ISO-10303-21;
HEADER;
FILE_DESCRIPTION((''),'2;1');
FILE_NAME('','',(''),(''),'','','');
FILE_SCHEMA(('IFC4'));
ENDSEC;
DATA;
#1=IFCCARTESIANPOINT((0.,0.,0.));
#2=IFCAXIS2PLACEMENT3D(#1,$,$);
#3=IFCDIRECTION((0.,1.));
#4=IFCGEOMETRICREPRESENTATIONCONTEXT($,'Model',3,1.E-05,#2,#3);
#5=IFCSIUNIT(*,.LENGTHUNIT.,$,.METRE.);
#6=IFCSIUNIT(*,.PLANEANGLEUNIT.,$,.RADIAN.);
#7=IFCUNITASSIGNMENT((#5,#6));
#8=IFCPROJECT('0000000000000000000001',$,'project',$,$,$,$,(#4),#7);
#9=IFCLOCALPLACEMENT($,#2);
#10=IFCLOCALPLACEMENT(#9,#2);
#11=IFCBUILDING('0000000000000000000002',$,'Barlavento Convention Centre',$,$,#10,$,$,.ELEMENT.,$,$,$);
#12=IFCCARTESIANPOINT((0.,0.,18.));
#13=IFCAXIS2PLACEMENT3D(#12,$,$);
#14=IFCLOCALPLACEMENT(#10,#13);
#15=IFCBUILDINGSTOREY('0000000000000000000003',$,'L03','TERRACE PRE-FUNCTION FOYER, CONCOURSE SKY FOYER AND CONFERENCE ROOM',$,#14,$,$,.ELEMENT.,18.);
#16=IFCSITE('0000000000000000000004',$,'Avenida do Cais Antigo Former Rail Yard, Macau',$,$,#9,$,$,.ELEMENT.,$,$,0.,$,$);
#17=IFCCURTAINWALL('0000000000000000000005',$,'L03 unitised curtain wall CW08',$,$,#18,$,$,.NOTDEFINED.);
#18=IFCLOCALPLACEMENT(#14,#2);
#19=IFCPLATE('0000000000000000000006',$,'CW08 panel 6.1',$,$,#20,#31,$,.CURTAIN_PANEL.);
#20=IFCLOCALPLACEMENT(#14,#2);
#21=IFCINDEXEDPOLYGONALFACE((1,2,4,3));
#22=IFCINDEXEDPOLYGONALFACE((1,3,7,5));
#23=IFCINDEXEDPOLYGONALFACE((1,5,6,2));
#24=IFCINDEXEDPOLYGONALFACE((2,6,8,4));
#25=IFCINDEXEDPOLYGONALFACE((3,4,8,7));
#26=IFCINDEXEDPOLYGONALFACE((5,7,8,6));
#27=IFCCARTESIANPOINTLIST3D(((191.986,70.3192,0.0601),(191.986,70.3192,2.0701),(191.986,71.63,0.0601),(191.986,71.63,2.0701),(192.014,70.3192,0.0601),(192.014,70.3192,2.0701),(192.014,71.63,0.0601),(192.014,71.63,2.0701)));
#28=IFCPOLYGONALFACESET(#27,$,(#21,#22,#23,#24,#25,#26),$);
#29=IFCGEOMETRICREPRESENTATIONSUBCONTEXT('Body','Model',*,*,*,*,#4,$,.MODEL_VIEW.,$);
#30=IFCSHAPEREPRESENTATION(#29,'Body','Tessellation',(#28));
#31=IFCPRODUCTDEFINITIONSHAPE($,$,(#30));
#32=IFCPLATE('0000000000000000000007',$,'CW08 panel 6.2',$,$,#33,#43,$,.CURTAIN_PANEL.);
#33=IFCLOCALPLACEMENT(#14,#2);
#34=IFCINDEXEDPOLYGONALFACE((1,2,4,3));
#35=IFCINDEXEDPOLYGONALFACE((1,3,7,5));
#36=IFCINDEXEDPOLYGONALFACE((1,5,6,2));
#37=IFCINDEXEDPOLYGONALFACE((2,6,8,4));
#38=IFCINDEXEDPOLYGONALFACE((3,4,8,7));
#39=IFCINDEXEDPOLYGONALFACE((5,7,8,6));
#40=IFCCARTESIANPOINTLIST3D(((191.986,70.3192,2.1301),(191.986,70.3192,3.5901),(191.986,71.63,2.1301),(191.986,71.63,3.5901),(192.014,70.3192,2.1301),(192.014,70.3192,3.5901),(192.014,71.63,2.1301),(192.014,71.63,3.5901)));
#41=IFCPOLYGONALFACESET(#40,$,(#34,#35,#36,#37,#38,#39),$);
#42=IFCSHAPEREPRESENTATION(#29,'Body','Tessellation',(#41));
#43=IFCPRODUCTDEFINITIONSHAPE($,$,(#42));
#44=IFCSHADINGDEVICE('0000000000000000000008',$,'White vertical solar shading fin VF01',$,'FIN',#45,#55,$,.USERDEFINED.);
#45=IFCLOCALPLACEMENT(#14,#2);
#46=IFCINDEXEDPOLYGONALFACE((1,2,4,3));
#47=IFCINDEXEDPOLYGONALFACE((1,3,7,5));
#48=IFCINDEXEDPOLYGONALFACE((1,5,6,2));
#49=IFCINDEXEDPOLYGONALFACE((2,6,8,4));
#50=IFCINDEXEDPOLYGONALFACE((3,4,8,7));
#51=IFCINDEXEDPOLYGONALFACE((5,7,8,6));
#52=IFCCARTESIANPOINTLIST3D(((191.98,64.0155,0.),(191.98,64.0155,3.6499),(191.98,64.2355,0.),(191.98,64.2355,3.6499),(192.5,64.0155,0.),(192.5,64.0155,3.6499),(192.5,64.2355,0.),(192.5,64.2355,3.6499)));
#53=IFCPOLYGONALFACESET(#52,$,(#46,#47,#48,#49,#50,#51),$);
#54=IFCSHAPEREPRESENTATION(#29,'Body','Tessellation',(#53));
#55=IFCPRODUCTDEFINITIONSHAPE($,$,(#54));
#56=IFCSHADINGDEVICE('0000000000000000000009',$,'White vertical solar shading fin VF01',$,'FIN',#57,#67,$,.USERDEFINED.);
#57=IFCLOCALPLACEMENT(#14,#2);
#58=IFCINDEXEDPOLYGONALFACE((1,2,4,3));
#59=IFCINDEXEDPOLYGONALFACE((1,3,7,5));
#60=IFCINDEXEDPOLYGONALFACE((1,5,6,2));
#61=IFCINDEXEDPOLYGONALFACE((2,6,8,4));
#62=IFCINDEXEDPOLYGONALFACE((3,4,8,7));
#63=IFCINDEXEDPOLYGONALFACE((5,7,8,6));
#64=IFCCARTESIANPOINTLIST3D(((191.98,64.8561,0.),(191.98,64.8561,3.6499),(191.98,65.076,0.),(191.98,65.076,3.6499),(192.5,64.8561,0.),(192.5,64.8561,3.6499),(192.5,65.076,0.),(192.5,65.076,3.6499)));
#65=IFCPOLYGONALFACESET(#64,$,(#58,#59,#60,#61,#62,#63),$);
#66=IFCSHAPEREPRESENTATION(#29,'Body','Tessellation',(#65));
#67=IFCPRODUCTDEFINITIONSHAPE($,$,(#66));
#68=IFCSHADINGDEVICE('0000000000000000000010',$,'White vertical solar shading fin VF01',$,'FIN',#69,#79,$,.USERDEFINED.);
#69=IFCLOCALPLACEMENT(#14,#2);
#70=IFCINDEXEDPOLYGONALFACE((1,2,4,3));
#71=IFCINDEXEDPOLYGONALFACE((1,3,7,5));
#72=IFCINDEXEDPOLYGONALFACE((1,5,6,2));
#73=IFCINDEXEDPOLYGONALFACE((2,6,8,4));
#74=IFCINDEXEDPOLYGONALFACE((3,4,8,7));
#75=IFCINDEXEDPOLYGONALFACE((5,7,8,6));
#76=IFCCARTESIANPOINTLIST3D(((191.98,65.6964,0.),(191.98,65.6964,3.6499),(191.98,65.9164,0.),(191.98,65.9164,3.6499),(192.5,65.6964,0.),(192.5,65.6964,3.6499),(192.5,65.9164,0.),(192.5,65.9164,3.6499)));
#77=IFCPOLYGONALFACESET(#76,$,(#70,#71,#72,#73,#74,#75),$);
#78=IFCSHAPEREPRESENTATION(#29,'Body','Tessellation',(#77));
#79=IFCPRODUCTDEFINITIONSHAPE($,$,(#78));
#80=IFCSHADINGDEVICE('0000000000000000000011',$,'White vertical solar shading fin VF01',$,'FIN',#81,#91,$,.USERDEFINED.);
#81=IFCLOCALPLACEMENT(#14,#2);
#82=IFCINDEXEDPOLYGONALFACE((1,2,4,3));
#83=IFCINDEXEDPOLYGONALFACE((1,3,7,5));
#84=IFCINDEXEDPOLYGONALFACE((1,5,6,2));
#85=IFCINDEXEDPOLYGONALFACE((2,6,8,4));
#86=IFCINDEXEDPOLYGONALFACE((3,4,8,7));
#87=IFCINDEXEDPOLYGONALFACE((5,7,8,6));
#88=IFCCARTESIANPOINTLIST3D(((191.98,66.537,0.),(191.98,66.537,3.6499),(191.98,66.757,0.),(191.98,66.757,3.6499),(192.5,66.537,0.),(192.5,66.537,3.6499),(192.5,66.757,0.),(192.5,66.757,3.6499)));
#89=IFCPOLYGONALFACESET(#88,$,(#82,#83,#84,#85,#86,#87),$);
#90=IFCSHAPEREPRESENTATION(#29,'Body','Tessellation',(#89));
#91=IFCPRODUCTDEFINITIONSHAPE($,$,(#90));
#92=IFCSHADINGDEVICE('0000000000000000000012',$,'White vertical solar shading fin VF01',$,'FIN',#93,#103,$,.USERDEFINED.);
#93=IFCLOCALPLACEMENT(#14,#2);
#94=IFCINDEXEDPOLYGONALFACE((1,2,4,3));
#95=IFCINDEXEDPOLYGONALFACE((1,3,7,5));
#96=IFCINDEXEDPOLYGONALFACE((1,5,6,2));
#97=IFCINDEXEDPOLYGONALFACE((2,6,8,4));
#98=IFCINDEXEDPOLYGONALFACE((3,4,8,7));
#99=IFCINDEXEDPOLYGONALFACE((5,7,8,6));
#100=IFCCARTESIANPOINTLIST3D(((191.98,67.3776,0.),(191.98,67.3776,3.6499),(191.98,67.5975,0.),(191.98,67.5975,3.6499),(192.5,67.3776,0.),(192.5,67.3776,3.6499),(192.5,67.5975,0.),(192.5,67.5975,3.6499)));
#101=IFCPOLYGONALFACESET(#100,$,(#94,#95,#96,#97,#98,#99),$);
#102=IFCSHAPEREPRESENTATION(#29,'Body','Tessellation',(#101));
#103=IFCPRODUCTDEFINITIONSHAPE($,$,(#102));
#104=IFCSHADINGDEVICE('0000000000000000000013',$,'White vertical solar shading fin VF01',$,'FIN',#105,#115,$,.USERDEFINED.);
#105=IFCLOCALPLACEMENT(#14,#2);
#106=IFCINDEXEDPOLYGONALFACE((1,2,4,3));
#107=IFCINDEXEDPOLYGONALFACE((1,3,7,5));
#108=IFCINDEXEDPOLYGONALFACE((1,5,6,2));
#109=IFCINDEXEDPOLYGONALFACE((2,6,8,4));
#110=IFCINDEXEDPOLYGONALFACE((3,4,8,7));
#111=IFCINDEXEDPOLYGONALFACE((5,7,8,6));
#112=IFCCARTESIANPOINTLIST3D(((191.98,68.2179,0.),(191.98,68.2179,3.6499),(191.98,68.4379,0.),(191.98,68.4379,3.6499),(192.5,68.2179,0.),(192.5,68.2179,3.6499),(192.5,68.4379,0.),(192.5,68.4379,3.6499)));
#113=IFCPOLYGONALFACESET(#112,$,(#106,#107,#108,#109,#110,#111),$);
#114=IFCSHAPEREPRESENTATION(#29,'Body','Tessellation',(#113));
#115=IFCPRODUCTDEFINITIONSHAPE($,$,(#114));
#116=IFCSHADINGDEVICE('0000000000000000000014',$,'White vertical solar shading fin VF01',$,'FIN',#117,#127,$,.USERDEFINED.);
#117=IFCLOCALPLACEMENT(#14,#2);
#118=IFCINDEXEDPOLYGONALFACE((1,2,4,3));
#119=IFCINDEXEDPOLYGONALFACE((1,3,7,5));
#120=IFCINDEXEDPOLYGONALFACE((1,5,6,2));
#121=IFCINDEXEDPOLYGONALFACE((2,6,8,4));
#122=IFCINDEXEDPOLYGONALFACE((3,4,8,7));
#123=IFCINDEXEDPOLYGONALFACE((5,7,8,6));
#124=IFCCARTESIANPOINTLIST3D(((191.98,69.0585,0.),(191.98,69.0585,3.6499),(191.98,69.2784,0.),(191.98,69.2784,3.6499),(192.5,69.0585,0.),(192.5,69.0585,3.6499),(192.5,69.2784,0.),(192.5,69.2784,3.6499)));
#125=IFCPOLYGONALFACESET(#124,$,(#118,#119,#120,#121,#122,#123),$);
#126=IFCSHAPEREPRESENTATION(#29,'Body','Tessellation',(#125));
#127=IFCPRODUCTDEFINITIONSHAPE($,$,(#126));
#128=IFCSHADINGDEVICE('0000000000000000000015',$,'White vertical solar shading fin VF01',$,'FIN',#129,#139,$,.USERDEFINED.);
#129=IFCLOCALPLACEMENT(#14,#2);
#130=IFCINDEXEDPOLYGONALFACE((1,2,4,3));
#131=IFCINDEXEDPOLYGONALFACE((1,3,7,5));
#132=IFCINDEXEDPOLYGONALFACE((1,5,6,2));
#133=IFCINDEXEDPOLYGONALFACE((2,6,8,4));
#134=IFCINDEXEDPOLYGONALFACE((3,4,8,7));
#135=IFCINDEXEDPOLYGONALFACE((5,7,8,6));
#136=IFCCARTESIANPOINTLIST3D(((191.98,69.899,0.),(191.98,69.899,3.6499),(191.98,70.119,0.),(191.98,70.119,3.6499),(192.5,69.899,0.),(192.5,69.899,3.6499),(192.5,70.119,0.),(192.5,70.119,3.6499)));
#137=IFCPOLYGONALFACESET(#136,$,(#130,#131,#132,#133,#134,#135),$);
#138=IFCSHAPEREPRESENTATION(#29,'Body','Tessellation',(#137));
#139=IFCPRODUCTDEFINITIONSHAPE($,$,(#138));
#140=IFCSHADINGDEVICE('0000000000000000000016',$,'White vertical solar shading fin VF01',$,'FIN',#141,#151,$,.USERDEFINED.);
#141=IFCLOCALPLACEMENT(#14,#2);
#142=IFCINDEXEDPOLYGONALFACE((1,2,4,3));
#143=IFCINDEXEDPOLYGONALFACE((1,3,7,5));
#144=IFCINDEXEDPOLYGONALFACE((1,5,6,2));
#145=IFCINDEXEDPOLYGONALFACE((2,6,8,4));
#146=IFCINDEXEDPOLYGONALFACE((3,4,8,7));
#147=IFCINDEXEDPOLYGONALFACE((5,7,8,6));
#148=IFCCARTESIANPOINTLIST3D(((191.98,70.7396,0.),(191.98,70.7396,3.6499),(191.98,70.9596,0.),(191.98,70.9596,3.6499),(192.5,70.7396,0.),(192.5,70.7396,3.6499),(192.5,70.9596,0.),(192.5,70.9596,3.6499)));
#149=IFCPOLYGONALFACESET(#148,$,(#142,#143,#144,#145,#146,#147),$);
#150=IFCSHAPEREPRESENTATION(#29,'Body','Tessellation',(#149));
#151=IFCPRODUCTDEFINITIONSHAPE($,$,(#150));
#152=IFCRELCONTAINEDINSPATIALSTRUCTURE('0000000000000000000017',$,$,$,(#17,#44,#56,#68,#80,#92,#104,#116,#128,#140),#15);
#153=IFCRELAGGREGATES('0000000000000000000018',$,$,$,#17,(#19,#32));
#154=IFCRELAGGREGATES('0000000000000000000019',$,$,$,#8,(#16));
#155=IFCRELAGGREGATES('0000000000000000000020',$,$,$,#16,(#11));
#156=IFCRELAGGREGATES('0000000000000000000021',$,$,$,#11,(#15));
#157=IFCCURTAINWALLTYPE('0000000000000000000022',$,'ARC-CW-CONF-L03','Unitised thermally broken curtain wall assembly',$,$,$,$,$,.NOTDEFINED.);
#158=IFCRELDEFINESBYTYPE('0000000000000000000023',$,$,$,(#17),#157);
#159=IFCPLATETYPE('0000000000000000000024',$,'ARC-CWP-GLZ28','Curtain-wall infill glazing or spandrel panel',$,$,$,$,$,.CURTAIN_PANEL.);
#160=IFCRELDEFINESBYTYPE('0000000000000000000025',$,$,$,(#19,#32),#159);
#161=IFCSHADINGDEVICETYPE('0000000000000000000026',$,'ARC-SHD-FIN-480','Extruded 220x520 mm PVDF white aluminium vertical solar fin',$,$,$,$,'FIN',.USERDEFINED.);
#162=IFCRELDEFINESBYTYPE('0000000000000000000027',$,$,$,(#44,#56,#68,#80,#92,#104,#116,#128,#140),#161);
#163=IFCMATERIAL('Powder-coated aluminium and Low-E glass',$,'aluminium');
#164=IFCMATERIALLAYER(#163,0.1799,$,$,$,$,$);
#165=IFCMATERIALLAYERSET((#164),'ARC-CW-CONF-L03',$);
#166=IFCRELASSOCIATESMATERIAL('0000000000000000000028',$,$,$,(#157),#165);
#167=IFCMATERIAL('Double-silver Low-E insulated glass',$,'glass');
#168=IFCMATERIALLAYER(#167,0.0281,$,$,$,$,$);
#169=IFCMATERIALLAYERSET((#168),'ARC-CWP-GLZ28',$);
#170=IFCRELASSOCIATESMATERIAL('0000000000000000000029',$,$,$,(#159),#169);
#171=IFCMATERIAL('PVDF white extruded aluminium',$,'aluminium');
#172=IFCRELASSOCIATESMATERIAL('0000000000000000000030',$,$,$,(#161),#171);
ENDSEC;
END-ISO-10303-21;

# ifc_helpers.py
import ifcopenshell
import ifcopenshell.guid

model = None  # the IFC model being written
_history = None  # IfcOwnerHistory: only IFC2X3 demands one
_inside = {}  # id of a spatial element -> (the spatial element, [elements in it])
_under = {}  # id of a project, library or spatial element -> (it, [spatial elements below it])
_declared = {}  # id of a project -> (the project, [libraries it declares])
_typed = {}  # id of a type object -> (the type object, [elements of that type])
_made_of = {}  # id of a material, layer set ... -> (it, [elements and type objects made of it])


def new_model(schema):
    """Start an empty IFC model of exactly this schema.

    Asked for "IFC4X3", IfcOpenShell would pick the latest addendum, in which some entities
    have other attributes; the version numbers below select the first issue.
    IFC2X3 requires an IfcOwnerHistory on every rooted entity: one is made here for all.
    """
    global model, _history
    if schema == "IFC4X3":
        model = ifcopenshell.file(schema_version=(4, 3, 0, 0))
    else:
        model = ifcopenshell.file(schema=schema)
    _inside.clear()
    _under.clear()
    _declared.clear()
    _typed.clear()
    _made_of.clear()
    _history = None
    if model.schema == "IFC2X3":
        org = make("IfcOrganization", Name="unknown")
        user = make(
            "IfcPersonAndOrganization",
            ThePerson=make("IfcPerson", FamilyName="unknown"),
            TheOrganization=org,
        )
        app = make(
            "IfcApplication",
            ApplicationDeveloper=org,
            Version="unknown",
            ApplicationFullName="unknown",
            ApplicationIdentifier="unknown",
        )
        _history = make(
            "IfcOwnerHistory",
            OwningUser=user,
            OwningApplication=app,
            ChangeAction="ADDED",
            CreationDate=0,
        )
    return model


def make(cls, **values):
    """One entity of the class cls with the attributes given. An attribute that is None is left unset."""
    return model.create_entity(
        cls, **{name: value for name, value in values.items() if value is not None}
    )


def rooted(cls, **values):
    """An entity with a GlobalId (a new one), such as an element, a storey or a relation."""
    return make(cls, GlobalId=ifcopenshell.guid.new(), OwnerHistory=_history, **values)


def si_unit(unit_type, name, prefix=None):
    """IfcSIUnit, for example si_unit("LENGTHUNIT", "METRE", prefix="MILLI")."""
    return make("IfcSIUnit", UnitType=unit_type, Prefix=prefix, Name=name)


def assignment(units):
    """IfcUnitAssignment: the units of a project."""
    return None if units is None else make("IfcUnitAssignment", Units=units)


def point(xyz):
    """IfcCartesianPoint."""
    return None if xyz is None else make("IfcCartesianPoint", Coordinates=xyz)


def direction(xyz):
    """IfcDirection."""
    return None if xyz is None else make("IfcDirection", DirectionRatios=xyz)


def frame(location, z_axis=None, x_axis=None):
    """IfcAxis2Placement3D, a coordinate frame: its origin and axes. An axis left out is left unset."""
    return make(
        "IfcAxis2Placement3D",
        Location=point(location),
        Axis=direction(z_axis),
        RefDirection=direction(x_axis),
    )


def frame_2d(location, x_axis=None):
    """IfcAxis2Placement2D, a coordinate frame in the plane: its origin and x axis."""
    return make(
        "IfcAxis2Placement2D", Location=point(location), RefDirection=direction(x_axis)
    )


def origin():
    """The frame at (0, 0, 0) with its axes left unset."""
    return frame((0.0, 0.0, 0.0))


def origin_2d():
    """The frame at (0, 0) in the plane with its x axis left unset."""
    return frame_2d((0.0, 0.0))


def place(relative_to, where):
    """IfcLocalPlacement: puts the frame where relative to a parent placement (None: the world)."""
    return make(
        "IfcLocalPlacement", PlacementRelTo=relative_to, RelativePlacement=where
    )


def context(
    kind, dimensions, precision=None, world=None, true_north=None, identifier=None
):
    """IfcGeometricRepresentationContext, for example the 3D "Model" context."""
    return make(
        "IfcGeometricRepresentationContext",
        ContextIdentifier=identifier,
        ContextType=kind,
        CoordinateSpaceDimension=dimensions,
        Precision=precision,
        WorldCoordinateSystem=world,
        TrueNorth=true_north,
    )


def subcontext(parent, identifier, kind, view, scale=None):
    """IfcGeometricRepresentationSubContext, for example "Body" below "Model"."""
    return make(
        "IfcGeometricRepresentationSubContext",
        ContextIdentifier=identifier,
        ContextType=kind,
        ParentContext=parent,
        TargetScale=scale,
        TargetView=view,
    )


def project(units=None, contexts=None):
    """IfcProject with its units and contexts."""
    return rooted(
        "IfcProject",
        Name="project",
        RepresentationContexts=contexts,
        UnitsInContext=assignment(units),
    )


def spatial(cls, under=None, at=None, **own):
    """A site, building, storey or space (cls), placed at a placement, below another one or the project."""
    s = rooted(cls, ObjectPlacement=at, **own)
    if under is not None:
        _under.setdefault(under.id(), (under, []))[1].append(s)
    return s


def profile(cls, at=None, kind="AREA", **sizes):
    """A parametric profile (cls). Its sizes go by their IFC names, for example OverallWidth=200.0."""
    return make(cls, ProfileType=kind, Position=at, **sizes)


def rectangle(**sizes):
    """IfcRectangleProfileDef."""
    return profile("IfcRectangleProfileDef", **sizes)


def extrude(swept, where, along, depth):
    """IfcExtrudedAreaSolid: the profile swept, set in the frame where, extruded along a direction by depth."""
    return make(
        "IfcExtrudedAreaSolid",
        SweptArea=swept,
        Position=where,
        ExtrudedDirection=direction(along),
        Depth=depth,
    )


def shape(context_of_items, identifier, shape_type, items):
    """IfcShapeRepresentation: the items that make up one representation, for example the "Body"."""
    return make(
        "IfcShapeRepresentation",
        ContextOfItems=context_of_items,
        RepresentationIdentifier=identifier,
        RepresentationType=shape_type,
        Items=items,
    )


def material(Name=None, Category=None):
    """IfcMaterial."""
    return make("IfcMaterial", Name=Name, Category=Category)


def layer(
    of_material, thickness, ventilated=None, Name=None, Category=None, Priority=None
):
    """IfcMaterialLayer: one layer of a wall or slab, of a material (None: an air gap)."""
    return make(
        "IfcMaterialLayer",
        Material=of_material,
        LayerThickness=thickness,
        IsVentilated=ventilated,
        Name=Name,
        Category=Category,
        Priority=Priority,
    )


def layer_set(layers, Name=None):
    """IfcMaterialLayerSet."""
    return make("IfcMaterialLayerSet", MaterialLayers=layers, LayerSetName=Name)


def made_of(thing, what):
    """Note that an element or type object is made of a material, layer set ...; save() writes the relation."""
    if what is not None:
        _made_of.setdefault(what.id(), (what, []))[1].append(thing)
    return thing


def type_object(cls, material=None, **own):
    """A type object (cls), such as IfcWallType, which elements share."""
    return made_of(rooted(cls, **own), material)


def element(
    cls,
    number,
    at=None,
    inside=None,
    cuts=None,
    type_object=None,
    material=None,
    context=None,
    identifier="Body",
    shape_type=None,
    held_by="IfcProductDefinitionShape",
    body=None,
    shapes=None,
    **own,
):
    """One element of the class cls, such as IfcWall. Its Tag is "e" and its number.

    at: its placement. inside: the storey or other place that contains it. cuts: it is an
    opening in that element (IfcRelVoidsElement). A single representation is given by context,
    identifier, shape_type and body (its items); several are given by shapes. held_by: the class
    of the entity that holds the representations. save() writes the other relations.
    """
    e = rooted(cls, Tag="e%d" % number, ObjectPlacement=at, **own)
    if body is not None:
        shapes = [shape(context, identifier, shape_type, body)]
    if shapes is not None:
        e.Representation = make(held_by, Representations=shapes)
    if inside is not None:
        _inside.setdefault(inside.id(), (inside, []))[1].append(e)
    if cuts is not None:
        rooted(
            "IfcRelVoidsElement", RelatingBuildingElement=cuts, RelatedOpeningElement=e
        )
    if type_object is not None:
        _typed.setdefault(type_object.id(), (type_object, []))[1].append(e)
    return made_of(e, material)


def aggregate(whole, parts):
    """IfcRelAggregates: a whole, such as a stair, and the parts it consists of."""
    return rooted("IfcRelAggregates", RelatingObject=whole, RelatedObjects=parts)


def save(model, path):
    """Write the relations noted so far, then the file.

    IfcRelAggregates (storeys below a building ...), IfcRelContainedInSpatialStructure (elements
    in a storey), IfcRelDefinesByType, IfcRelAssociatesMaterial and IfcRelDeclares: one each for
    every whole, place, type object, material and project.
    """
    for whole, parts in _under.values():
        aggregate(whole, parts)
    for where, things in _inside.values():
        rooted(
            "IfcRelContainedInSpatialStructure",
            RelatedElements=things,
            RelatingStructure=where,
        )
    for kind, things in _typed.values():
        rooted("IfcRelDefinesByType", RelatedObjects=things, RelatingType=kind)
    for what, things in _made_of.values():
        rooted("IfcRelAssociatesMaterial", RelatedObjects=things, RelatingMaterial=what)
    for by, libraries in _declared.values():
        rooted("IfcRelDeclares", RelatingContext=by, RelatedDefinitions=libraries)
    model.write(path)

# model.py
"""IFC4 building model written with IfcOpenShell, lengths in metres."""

from ifc_helpers import new_model, si_unit, direction, frame, origin, origin_2d, place, context, subcontext, project, spatial, rectangle, extrude, material, layer, layer_set, type_object, element, aggregate, save


model = new_model("IFC4")

# Units and contexts
model_context = context("Model", 3, precision=1e-05, world=origin(), true_north=direction((0.0, 1.0)))
body_context = subcontext(model_context, "Body", "Model", "MODEL_VIEW")
ifc_project = project(units=[si_unit("LENGTHUNIT", "METRE"), si_unit("PLANEANGLEUNIT", "RADIAN")], contexts=[model_context])

# Site, building, storey
site_placement = place(None, origin())
site = spatial("IfcSite", under=ifc_project, at=site_placement, Name="Avenida do Cais Antigo Former Rail Yard, Macau", CompositionType="ELEMENT", RefElevation=0.0)
building_placement = place(site_placement, origin())
building = spatial("IfcBuilding", under=site, at=building_placement, Name="Barlavento Convention Centre", CompositionType="ELEMENT")
storey_placement = place(building_placement, frame((0.0, 0.0, 18.0)))
storey = spatial("IfcBuildingStorey", under=building, at=storey_placement, Name="L03", Description="TERRACE PRE-FUNCTION FOYER, CONCOURSE SKY FOYER AND CONFERENCE ROOM", CompositionType="ELEMENT", Elevation=18.0)

# Curtain wall
ifc_material_1 = material(Name="Powder-coated aluminium and Low-E glass", Category="aluminium")
ifc_layer_1 = layer(ifc_material_1, 0.1799)
ifc_layer_set_1 = layer_set([ifc_layer_1], Name="ARC-CW-CONF-L03")
curtain_wall_type = type_object("IfcCurtainWallType", Name="ARC-CW-CONF-L03", Description="Unitised thermally broken curtain wall assembly", PredefinedType="NOTDEFINED", material=ifc_layer_set_1)
curtain_wall_1_placement = place(storey_placement, origin())
curtain_wall_1 = element("IfcCurtainWall", 1, at=curtain_wall_1_placement, inside=storey, type_object=curtain_wall_type, Name="L03 unitised curtain wall CW08", PredefinedType="NOTDEFINED")

# Plates
ifc_material_2 = material(Name="Double-silver Low-E insulated glass", Category="glass")
ifc_layer_2 = layer(ifc_material_2, 0.0281)
ifc_layer_set_2 = layer_set([ifc_layer_2], Name="ARC-CWP-GLZ28")
plate_type = type_object("IfcPlateType", Name="ARC-CWP-GLZ28", Description="Curtain-wall infill glazing or spandrel panel", PredefinedType="CURTAIN_PANEL", material=ifc_layer_set_2)
plate_1_placement = place(storey_placement, frame((192.0, 70.9746, 0.0601), z_axis=(0.0, 0.0, 1.0), x_axis=(0.0, 1.0, 0.0)))
plate_1 = element("IfcPlate", 2, at=plate_1_placement, type_object=plate_type, Name="CW08 panel 6.1", PredefinedType="CURTAIN_PANEL", context=body_context, shape_type="SweptSolid", body=[
    extrude(rectangle(XDim=1.3108, YDim=0.0281, at=origin_2d()), origin(), (0.0, 0.0, 1.0), 2.01),
])
plate_2_placement = place(storey_placement, frame((192.0, 70.9746, 2.1301), z_axis=(0.0, 0.0, 1.0), x_axis=(0.0, 1.0, 0.0)))
plate_2 = element("IfcPlate", 3, at=plate_2_placement, type_object=plate_type, Name="CW08 panel 6.2", PredefinedType="CURTAIN_PANEL", context=body_context, shape_type="SweptSolid", body=[
    extrude(rectangle(XDim=1.3108, YDim=0.0281, at=origin_2d()), origin(), (0.0, 0.0, 1.0), 1.46),
])
aggregate(curtain_wall_1, [plate_1, plate_2])

# Shading devices
ifc_material_3 = material(Name="PVDF white extruded aluminium", Category="aluminium")
shading_device_type = type_object("IfcShadingDeviceType", Name="ARC-SHD-FIN-480", Description="Extruded 220x520 mm PVDF white aluminium vertical solar fin", ElementType="FIN", PredefinedType="USERDEFINED", material=ifc_material_3)
for number, where, z_axis, x_axis, name in (
    (4, (192.24, 64.1255, 0.0), (0.0, 0.0, 1.0), (0.0, 1.0, 0.0), "White vertical solar shading fin VF01"),
    (5, (192.24, 64.9661, 0.0), (0.0, 0.0, 1.0), (0.0, 1.0, 0.0), "White vertical solar shading fin VF01"),
    (6, (192.24, 65.8064, 0.0), (0.0, 0.0, 1.0), (0.0, 1.0, 0.0), "White vertical solar shading fin VF01"),
    (7, (192.24, 66.647, 0.0), (0.0, 0.0, 1.0), (0.0, 1.0, 0.0), "White vertical solar shading fin VF01"),
    (8, (192.24, 67.4875, 0.0), (0.0, 0.0, 1.0), (0.0, 1.0, 0.0), "White vertical solar shading fin VF01"),
    (9, (192.24, 68.3279, 0.0), (0.0, 0.0, 1.0), (0.0, 1.0, 0.0), "White vertical solar shading fin VF01"),
    (10, (192.24, 69.1685, 0.0), (0.0, 0.0, 1.0), (0.0, 1.0, 0.0), "White vertical solar shading fin VF01"),
    (11, (192.24, 70.009, 0.0), (0.0, 0.0, 1.0), (0.0, 1.0, 0.0), "White vertical solar shading fin VF01"),
    (12, (192.24, 70.8496, 0.0), (0.0, 0.0, 1.0), (0.0, 1.0, 0.0), "White vertical solar shading fin VF01"),
):
    element("IfcShadingDevice", number, at=place(storey_placement, frame(where, z_axis=z_axis, x_axis=x_axis)), inside=storey, type_object=shading_device_type, Name=name, ObjectType="FIN", PredefinedType="USERDEFINED", context=body_context, shape_type="SweptSolid", body=[
        extrude(rectangle(XDim=0.22, YDim=0.52, at=origin_2d()), origin(), (0.0, 0.0, 1.0), 3.6499),
    ])

save(model, "model.ifc")
